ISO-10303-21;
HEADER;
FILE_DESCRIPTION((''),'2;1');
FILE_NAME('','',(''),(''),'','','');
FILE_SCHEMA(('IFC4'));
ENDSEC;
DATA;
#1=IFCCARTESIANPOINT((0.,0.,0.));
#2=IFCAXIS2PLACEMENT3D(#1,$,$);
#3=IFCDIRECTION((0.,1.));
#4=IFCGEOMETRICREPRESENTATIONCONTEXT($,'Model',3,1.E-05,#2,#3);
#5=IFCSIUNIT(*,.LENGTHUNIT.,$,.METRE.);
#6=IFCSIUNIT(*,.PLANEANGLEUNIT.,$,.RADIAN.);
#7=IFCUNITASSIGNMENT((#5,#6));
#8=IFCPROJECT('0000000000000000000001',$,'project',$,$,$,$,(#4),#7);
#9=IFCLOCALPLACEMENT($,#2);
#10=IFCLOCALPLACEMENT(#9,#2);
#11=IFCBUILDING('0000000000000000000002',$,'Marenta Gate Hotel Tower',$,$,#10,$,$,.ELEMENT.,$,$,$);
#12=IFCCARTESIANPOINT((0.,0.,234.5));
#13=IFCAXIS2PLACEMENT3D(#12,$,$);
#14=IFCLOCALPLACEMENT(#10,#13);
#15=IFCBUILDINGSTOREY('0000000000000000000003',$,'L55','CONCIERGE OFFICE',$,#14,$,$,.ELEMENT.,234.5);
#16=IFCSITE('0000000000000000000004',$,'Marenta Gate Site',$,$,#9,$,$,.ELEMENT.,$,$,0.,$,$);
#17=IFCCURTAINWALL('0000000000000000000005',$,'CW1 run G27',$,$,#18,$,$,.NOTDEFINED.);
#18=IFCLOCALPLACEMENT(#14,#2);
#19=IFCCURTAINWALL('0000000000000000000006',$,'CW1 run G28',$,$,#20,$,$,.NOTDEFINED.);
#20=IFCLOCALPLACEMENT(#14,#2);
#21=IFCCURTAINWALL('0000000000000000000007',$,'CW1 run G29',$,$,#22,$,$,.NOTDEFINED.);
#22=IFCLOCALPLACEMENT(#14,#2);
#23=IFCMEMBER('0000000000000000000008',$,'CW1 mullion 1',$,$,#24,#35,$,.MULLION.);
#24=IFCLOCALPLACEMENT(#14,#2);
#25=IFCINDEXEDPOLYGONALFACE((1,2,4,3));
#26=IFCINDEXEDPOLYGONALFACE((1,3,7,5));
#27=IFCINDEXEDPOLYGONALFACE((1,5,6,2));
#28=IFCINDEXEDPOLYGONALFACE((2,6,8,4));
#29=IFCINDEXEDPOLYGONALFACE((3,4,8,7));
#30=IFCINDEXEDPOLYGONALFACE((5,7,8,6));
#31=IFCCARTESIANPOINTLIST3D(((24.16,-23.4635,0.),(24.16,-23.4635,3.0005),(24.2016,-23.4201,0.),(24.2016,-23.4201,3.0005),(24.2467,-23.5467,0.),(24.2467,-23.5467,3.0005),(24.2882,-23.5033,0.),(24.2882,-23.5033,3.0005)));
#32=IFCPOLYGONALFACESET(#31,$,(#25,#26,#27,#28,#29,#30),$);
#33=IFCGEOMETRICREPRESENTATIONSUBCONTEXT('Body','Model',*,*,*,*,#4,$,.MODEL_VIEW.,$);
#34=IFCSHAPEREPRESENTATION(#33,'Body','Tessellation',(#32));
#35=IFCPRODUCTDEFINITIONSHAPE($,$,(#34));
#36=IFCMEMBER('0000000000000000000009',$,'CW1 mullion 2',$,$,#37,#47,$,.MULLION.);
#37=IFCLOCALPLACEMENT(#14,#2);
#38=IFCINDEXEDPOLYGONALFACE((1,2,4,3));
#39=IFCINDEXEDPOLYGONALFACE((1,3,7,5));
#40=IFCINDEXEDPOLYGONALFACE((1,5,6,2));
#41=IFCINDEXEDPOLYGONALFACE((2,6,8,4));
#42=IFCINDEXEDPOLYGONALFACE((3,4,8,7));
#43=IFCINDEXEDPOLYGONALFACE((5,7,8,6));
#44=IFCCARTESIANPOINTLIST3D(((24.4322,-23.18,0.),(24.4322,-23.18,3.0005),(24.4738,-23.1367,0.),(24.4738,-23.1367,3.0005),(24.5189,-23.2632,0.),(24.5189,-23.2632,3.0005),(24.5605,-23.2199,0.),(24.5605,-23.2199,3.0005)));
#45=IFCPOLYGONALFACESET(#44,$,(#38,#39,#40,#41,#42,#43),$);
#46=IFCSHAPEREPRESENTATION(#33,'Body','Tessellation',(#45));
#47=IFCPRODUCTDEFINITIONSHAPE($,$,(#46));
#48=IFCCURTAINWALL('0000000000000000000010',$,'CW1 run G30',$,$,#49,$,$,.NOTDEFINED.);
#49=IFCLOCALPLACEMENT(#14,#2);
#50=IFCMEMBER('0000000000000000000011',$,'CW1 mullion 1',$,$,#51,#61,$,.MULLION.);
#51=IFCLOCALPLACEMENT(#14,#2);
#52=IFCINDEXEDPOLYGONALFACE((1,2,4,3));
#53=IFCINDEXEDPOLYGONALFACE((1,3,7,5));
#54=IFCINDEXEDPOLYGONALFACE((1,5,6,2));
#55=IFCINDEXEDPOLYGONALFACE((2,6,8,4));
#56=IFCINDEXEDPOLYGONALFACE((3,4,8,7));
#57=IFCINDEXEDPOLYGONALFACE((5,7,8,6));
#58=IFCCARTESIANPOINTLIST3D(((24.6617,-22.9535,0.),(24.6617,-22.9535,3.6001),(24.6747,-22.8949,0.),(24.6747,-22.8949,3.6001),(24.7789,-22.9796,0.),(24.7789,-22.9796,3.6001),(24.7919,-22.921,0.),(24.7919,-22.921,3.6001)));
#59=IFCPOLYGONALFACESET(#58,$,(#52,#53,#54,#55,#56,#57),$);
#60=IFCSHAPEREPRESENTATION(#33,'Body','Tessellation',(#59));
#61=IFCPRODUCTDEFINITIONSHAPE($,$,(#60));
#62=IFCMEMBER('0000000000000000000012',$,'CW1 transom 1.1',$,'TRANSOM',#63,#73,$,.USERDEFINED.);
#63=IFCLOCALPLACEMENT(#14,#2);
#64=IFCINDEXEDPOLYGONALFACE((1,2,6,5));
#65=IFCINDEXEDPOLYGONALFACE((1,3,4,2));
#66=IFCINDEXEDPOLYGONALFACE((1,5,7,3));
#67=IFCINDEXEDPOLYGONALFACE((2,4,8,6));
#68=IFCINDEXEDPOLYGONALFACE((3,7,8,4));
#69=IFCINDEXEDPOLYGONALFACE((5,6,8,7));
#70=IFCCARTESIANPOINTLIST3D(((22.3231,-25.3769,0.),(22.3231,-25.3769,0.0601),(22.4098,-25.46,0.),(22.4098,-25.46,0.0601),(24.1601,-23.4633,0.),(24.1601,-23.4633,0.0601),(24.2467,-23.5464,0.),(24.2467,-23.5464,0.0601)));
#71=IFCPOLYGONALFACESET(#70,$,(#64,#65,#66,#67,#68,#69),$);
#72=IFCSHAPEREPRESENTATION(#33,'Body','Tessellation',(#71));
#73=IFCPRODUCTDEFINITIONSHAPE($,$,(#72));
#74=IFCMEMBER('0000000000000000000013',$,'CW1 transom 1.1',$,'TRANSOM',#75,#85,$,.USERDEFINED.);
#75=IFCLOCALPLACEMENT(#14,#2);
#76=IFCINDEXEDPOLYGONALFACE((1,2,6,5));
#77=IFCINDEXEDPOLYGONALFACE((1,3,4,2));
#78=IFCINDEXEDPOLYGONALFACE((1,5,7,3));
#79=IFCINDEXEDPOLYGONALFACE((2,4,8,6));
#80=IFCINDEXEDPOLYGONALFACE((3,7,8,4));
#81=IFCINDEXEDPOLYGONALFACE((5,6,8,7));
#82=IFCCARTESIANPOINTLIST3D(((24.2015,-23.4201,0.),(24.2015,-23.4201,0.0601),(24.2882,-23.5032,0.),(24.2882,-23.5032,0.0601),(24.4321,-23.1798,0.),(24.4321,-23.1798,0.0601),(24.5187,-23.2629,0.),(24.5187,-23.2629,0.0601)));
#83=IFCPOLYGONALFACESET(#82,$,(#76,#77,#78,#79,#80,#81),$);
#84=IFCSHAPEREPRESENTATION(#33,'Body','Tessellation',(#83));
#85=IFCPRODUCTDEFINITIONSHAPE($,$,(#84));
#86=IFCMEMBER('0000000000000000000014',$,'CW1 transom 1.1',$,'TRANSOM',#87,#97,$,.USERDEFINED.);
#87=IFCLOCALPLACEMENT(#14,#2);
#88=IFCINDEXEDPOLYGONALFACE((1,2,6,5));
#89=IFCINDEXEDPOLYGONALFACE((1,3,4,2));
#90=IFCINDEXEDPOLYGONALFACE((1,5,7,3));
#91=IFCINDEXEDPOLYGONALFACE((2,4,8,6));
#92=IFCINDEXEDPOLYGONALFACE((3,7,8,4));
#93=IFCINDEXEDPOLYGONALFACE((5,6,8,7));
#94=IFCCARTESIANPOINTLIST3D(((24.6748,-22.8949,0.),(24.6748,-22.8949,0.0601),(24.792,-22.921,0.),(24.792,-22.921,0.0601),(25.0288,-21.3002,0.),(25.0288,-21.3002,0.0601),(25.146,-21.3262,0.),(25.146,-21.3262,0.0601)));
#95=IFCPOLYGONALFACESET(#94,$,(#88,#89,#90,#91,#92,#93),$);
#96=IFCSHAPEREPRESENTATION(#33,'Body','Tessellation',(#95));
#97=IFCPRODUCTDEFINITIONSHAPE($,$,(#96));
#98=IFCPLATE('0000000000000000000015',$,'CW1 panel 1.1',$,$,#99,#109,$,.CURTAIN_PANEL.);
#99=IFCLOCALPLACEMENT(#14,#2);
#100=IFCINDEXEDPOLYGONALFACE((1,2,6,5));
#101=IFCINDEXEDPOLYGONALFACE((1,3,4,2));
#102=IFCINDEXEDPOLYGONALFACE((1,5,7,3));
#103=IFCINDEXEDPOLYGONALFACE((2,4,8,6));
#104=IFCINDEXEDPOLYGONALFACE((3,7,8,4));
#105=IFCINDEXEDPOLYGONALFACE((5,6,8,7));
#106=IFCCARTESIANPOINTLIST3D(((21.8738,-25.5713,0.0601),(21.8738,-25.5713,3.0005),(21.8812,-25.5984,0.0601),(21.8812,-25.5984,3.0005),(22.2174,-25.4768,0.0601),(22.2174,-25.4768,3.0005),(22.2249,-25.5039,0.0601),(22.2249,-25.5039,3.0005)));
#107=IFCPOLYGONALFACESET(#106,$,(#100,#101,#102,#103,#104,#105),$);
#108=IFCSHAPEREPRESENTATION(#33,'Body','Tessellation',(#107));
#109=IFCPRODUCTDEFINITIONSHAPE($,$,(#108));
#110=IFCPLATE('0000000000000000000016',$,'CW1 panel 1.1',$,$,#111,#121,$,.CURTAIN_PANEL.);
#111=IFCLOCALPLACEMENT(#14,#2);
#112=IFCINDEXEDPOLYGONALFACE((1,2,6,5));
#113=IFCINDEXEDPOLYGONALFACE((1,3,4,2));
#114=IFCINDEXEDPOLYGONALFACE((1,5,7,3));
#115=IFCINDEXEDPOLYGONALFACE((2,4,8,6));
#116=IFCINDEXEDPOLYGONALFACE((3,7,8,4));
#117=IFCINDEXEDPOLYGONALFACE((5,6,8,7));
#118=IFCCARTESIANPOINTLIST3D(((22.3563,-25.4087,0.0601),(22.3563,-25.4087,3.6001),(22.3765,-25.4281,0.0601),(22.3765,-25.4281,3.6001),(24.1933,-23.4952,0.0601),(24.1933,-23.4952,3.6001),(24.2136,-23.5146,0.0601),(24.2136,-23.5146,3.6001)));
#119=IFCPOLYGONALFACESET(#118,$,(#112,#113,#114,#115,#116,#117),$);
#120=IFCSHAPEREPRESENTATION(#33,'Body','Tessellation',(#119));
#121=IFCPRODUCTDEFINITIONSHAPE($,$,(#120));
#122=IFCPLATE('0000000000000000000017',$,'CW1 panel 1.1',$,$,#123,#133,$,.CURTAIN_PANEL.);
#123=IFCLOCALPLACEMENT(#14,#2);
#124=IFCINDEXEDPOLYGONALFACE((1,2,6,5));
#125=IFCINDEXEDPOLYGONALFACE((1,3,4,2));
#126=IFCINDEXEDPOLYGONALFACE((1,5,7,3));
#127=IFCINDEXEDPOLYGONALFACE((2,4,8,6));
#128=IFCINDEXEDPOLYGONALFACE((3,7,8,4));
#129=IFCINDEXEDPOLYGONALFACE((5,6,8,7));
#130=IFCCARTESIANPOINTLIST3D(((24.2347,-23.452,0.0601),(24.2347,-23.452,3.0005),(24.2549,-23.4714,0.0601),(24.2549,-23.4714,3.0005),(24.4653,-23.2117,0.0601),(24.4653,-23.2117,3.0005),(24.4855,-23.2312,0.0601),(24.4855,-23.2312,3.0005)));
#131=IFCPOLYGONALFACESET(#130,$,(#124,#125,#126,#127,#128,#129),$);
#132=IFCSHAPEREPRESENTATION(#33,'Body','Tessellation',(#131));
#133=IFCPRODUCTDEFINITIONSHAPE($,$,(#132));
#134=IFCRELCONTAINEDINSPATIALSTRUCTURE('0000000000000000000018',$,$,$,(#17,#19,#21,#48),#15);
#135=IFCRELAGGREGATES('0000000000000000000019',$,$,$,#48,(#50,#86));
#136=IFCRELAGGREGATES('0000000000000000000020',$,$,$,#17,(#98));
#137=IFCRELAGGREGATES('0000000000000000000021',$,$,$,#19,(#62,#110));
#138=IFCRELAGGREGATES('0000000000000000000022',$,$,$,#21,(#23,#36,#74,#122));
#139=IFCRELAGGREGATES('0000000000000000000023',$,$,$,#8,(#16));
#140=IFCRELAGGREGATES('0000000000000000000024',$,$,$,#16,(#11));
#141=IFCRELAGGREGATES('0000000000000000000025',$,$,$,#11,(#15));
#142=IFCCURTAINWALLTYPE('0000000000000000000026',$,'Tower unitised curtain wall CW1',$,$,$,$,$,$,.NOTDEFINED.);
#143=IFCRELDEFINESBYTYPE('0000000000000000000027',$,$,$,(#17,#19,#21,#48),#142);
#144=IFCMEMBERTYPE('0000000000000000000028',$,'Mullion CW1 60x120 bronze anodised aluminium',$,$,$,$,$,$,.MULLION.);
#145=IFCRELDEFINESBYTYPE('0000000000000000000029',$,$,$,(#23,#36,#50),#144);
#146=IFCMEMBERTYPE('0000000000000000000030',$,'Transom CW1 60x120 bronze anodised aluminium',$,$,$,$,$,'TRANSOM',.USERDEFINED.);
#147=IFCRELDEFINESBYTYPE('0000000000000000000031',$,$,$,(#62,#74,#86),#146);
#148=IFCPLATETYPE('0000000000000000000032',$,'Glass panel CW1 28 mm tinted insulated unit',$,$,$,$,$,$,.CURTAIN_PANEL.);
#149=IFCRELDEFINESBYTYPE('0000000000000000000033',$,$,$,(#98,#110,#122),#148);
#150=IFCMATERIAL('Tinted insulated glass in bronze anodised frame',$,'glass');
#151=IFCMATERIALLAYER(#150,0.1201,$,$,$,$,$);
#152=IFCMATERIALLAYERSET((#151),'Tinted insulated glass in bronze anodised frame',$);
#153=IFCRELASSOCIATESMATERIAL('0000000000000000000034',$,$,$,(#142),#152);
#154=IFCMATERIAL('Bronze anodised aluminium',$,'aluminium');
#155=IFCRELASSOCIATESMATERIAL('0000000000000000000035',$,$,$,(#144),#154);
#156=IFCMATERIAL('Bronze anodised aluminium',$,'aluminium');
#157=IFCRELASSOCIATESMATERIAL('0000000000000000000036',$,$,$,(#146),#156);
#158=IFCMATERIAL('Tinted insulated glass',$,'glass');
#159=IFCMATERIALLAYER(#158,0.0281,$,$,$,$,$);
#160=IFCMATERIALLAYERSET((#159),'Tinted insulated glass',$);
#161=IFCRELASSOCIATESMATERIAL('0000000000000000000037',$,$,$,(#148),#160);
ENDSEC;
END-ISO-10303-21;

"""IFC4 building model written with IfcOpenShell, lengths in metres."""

from ifc_helpers import new_model, si_unit, direction, frame, origin, origin_2d, place, context, subcontext, project, spatial, rectangle, extrude, material, layer, layer_set, material_profile, profile_set, type_object, element, aggregate, save


model = new_model("IFC4")

# Units and contexts
model_context = context("Model", 3, precision=1e-05, world=origin(), true_north=direction((0.0, 1.0)))
body_context = subcontext(model_context, "Body", "Model", "MODEL_VIEW")
ifc_project = project(units=[si_unit("LENGTHUNIT", "METRE"), si_unit("PLANEANGLEUNIT", "RADIAN")], contexts=[model_context])

# Site, building, storey
site_placement = place(None, origin())
site = spatial("IfcSite", under=ifc_project, at=site_placement, Name="Marenta Gate Site", CompositionType="ELEMENT", RefElevation=0.0)
building_placement = place(site_placement, origin())
building = spatial("IfcBuilding", under=site, at=building_placement, Name="Marenta Gate Hotel Tower", CompositionType="ELEMENT")
storey_placement = place(building_placement, frame((0.0, 0.0, 234.5)))
storey = spatial("IfcBuildingStorey", under=building, at=storey_placement, Name="L55", Description="CONCIERGE OFFICE", CompositionType="ELEMENT", Elevation=234.5)

# Curtain walls
ifc_material_1 = material(Name="Tinted insulated glass in bronze anodised frame", Category="glass")
ifc_layer_1 = layer(ifc_material_1, 0.1201)
ifc_layer_set_1 = layer_set([ifc_layer_1], Name="Tinted insulated glass in bronze anodised frame")
curtain_wall_type = type_object("IfcCurtainWallType", Name="Tower unitised curtain wall CW1", PredefinedType="NOTDEFINED", material=ifc_layer_set_1)
curtain_wall_1_placement = place(storey_placement, origin())
curtain_wall_1 = element("IfcCurtainWall", 1, at=curtain_wall_1_placement, inside=storey, type_object=curtain_wall_type, Name="CW1 run G27", PredefinedType="NOTDEFINED")
ifc_material_2 = material(Name="Bronze anodised aluminium", Category="aluminium")
ifc_material_profile_1 = material_profile(ifc_material_2, rectangle(XDim=0.1201, YDim=0.0601, at=origin_2d()), Name="Mullion CW1 60x120 bronze anodised aluminium")
ifc_profile_set_1 = profile_set([ifc_material_profile_1], Name="Bronze anodised aluminium")
member_type_1 = type_object("IfcMemberType", Name="Mullion CW1 60x120 bronze anodised aluminium", PredefinedType="MULLION", material=ifc_profile_set_1)
curtain_wall_2_placement = place(storey_placement, origin())
curtain_wall_2 = element("IfcCurtainWall", 2, at=curtain_wall_2_placement, inside=storey, type_object=curtain_wall_type, Name="CW1 run G28", PredefinedType="NOTDEFINED")

# Curtain wall, members
curtain_wall_3_placement = place(storey_placement, origin())
curtain_wall_3 = element("IfcCurtainWall", 3, at=curtain_wall_3_placement, inside=storey, type_object=curtain_wall_type, Name="CW1 run G29", PredefinedType="NOTDEFINED")
member_1_placement = place(storey_placement, frame((24.2241, -23.4834, 0.0), z_axis=(0.0, 0.0, 1.0), x_axis=(-0.721418, 0.6925, 0.0)))
member_1 = element("IfcMember", 4, at=member_1_placement, type_object=member_type_1, Name="CW1 mullion 1", PredefinedType="MULLION", context=body_context, shape_type="SweptSolid", body=[
    extrude(rectangle(XDim=0.1201, YDim=0.0601, at=origin_2d()), origin(), (0.0, 0.0, 1.0), 3.0005),
])
member_2_placement = place(storey_placement, frame((24.4963, -23.2, 0.0), z_axis=(0.0, 0.0, 1.0), x_axis=(-0.721418, 0.6925, 0.0)))
member_2 = element("IfcMember", 5, at=member_2_placement, type_object=member_type_1, Name="CW1 mullion 2", PredefinedType="MULLION", context=body_context, shape_type="SweptSolid", body=[
    extrude(rectangle(XDim=0.1201, YDim=0.0601, at=origin_2d()), origin(), (0.0, 0.0, 1.0), 3.0005),
])

# Curtain wall, member
curtain_wall_4_placement = place(storey_placement, origin())
curtain_wall_4 = element("IfcCurtainWall", 6, at=curtain_wall_4_placement, inside=storey, type_object=curtain_wall_type, Name="CW1 run G30", PredefinedType="NOTDEFINED")
member_3_placement = place(storey_placement, frame((24.7268, -22.9373, 0.0), z_axis=(0.0, 0.0, 1.0), x_axis=(-0.976212, 0.216818, 0.0)))
member_3 = element("IfcMember", 7, at=member_3_placement, type_object=member_type_1, Name="CW1 mullion 1", PredefinedType="MULLION", context=body_context, shape_type="SweptSolid", body=[
    extrude(rectangle(XDim=0.1201, YDim=0.0601, at=origin_2d()), origin(), (0.0, 0.0, 1.0), 3.6001),
])

# Members
ifc_material_3 = material(Name="Bronze anodised aluminium", Category="aluminium")
ifc_material_profile_2 = material_profile(ifc_material_3, rectangle(XDim=0.1201, YDim=0.0601, at=origin_2d()), Name="Transom CW1 60x120 bronze anodised aluminium")
ifc_profile_set_2 = profile_set([ifc_material_profile_2], Name="Bronze anodised aluminium")
member_type_2 = type_object("IfcMemberType", Name="Transom CW1 60x120 bronze anodised aluminium", ElementType="TRANSOM", PredefinedType="USERDEFINED", material=ifc_profile_set_2)
member_4_placement = place(storey_placement, frame((22.3665, -25.4185, 0.03), z_axis=(0.692509, 0.721409, 0.0), x_axis=(-0.721409, 0.692509, 0.0)))
member_4 = element("IfcMember", 8, at=member_4_placement, type_object=member_type_2, Name="CW1 transom 1.1", ObjectType="TRANSOM", PredefinedType="USERDEFINED", context=body_context, shape_type="SweptSolid", body=[
    extrude(rectangle(XDim=0.1201, YDim=0.0601, at=origin_2d()), origin(), (0.0, 0.0, 1.0), 2.6526),
])
member_5_placement = place(storey_placement, frame((24.2449, -23.4617, 0.03), z_axis=(0.692288, 0.721622, 0.0), x_axis=(-0.721622, 0.692288, 0.0)))
member_5 = element("IfcMember", 9, at=member_5_placement, type_object=member_type_2, Name="CW1 transom 1.1", ObjectType="TRANSOM", PredefinedType="USERDEFINED", context=body_context, shape_type="SweptSolid", body=[
    extrude(rectangle(XDim=0.1201, YDim=0.0601, at=origin_2d()), origin(), (0.0, 0.0, 1.0), 0.333),
])
member_6_placement = place(storey_placement, frame((24.7334, -22.908, 0.03), z_axis=(0.216709, 0.976236, 0.0), x_axis=(-0.976236, 0.216709, 0.0)))
member_6 = element("IfcMember", 10, at=member_6_placement, type_object=member_type_2, Name="CW1 transom 1.1", ObjectType="TRANSOM", PredefinedType="USERDEFINED", context=body_context, shape_type="SweptSolid", body=[
    extrude(rectangle(XDim=0.1201, YDim=0.0601, at=origin_2d()), origin(), (0.0, 0.0, 1.0), 1.6335),
])
aggregate(curtain_wall_4, [member_3, member_6])

# Plates
ifc_material_4 = material(Name="Tinted insulated glass", Category="glass")
ifc_layer_2 = layer(ifc_material_4, 0.0281)
ifc_layer_set_2 = layer_set([ifc_layer_2], Name="Tinted insulated glass")
plate_type = type_object("IfcPlateType", Name="Glass panel CW1 28 mm tinted insulated unit", PredefinedType="CURTAIN_PANEL", material=ifc_layer_set_2)
plate_1_placement = place(storey_placement, frame((22.0493, -25.5376, 0.0601), z_axis=(0.0, 0.0, 1.0), x_axis=(0.964171, 0.265283, 0.0)))
plate_1 = element("IfcPlate", 11, at=plate_1_placement, type_object=plate_type, Name="CW1 panel 1.1", PredefinedType="CURTAIN_PANEL", context=body_context, shape_type="SweptSolid", body=[
    extrude(rectangle(XDim=0.3564, YDim=0.0281, at=origin_2d()), origin(), (0.0, 0.0, 1.0), 2.9404),
])
aggregate(curtain_wall_1, [plate_1])
plate_2_placement = place(storey_placement, frame((23.2849, -24.4617, 0.0601), z_axis=(0.0, 0.0, 1.0), x_axis=(0.692545, 0.721375, 0.0)))
plate_2 = element("IfcPlate", 12, at=plate_2_placement, type_object=plate_type, Name="CW1 panel 1.1", PredefinedType="CURTAIN_PANEL", context=body_context, shape_type="SweptSolid", body=[
    extrude(rectangle(XDim=2.6526, YDim=0.0281, at=origin_2d()), origin(), (0.0, 0.0, 1.0), 3.54),
])
aggregate(curtain_wall_2, [member_4, plate_2])
plate_3_placement = place(storey_placement, frame((24.3601, -23.3416, 0.0601), z_axis=(0.0, 0.0, 1.0), x_axis=(0.6925, 0.721418, 0.0)))
plate_3 = element("IfcPlate", 13, at=plate_3_placement, type_object=plate_type, Name="CW1 panel 1.1", PredefinedType="CURTAIN_PANEL", context=body_context, shape_type="SweptSolid", body=[
    extrude(rectangle(XDim=0.333, YDim=0.0281, at=origin_2d()), origin(), (0.0, 0.0, 1.0), 2.9404),
])
aggregate(curtain_wall_3, [member_1, member_2, member_5, plate_3])

save(model, "model.ifc")
